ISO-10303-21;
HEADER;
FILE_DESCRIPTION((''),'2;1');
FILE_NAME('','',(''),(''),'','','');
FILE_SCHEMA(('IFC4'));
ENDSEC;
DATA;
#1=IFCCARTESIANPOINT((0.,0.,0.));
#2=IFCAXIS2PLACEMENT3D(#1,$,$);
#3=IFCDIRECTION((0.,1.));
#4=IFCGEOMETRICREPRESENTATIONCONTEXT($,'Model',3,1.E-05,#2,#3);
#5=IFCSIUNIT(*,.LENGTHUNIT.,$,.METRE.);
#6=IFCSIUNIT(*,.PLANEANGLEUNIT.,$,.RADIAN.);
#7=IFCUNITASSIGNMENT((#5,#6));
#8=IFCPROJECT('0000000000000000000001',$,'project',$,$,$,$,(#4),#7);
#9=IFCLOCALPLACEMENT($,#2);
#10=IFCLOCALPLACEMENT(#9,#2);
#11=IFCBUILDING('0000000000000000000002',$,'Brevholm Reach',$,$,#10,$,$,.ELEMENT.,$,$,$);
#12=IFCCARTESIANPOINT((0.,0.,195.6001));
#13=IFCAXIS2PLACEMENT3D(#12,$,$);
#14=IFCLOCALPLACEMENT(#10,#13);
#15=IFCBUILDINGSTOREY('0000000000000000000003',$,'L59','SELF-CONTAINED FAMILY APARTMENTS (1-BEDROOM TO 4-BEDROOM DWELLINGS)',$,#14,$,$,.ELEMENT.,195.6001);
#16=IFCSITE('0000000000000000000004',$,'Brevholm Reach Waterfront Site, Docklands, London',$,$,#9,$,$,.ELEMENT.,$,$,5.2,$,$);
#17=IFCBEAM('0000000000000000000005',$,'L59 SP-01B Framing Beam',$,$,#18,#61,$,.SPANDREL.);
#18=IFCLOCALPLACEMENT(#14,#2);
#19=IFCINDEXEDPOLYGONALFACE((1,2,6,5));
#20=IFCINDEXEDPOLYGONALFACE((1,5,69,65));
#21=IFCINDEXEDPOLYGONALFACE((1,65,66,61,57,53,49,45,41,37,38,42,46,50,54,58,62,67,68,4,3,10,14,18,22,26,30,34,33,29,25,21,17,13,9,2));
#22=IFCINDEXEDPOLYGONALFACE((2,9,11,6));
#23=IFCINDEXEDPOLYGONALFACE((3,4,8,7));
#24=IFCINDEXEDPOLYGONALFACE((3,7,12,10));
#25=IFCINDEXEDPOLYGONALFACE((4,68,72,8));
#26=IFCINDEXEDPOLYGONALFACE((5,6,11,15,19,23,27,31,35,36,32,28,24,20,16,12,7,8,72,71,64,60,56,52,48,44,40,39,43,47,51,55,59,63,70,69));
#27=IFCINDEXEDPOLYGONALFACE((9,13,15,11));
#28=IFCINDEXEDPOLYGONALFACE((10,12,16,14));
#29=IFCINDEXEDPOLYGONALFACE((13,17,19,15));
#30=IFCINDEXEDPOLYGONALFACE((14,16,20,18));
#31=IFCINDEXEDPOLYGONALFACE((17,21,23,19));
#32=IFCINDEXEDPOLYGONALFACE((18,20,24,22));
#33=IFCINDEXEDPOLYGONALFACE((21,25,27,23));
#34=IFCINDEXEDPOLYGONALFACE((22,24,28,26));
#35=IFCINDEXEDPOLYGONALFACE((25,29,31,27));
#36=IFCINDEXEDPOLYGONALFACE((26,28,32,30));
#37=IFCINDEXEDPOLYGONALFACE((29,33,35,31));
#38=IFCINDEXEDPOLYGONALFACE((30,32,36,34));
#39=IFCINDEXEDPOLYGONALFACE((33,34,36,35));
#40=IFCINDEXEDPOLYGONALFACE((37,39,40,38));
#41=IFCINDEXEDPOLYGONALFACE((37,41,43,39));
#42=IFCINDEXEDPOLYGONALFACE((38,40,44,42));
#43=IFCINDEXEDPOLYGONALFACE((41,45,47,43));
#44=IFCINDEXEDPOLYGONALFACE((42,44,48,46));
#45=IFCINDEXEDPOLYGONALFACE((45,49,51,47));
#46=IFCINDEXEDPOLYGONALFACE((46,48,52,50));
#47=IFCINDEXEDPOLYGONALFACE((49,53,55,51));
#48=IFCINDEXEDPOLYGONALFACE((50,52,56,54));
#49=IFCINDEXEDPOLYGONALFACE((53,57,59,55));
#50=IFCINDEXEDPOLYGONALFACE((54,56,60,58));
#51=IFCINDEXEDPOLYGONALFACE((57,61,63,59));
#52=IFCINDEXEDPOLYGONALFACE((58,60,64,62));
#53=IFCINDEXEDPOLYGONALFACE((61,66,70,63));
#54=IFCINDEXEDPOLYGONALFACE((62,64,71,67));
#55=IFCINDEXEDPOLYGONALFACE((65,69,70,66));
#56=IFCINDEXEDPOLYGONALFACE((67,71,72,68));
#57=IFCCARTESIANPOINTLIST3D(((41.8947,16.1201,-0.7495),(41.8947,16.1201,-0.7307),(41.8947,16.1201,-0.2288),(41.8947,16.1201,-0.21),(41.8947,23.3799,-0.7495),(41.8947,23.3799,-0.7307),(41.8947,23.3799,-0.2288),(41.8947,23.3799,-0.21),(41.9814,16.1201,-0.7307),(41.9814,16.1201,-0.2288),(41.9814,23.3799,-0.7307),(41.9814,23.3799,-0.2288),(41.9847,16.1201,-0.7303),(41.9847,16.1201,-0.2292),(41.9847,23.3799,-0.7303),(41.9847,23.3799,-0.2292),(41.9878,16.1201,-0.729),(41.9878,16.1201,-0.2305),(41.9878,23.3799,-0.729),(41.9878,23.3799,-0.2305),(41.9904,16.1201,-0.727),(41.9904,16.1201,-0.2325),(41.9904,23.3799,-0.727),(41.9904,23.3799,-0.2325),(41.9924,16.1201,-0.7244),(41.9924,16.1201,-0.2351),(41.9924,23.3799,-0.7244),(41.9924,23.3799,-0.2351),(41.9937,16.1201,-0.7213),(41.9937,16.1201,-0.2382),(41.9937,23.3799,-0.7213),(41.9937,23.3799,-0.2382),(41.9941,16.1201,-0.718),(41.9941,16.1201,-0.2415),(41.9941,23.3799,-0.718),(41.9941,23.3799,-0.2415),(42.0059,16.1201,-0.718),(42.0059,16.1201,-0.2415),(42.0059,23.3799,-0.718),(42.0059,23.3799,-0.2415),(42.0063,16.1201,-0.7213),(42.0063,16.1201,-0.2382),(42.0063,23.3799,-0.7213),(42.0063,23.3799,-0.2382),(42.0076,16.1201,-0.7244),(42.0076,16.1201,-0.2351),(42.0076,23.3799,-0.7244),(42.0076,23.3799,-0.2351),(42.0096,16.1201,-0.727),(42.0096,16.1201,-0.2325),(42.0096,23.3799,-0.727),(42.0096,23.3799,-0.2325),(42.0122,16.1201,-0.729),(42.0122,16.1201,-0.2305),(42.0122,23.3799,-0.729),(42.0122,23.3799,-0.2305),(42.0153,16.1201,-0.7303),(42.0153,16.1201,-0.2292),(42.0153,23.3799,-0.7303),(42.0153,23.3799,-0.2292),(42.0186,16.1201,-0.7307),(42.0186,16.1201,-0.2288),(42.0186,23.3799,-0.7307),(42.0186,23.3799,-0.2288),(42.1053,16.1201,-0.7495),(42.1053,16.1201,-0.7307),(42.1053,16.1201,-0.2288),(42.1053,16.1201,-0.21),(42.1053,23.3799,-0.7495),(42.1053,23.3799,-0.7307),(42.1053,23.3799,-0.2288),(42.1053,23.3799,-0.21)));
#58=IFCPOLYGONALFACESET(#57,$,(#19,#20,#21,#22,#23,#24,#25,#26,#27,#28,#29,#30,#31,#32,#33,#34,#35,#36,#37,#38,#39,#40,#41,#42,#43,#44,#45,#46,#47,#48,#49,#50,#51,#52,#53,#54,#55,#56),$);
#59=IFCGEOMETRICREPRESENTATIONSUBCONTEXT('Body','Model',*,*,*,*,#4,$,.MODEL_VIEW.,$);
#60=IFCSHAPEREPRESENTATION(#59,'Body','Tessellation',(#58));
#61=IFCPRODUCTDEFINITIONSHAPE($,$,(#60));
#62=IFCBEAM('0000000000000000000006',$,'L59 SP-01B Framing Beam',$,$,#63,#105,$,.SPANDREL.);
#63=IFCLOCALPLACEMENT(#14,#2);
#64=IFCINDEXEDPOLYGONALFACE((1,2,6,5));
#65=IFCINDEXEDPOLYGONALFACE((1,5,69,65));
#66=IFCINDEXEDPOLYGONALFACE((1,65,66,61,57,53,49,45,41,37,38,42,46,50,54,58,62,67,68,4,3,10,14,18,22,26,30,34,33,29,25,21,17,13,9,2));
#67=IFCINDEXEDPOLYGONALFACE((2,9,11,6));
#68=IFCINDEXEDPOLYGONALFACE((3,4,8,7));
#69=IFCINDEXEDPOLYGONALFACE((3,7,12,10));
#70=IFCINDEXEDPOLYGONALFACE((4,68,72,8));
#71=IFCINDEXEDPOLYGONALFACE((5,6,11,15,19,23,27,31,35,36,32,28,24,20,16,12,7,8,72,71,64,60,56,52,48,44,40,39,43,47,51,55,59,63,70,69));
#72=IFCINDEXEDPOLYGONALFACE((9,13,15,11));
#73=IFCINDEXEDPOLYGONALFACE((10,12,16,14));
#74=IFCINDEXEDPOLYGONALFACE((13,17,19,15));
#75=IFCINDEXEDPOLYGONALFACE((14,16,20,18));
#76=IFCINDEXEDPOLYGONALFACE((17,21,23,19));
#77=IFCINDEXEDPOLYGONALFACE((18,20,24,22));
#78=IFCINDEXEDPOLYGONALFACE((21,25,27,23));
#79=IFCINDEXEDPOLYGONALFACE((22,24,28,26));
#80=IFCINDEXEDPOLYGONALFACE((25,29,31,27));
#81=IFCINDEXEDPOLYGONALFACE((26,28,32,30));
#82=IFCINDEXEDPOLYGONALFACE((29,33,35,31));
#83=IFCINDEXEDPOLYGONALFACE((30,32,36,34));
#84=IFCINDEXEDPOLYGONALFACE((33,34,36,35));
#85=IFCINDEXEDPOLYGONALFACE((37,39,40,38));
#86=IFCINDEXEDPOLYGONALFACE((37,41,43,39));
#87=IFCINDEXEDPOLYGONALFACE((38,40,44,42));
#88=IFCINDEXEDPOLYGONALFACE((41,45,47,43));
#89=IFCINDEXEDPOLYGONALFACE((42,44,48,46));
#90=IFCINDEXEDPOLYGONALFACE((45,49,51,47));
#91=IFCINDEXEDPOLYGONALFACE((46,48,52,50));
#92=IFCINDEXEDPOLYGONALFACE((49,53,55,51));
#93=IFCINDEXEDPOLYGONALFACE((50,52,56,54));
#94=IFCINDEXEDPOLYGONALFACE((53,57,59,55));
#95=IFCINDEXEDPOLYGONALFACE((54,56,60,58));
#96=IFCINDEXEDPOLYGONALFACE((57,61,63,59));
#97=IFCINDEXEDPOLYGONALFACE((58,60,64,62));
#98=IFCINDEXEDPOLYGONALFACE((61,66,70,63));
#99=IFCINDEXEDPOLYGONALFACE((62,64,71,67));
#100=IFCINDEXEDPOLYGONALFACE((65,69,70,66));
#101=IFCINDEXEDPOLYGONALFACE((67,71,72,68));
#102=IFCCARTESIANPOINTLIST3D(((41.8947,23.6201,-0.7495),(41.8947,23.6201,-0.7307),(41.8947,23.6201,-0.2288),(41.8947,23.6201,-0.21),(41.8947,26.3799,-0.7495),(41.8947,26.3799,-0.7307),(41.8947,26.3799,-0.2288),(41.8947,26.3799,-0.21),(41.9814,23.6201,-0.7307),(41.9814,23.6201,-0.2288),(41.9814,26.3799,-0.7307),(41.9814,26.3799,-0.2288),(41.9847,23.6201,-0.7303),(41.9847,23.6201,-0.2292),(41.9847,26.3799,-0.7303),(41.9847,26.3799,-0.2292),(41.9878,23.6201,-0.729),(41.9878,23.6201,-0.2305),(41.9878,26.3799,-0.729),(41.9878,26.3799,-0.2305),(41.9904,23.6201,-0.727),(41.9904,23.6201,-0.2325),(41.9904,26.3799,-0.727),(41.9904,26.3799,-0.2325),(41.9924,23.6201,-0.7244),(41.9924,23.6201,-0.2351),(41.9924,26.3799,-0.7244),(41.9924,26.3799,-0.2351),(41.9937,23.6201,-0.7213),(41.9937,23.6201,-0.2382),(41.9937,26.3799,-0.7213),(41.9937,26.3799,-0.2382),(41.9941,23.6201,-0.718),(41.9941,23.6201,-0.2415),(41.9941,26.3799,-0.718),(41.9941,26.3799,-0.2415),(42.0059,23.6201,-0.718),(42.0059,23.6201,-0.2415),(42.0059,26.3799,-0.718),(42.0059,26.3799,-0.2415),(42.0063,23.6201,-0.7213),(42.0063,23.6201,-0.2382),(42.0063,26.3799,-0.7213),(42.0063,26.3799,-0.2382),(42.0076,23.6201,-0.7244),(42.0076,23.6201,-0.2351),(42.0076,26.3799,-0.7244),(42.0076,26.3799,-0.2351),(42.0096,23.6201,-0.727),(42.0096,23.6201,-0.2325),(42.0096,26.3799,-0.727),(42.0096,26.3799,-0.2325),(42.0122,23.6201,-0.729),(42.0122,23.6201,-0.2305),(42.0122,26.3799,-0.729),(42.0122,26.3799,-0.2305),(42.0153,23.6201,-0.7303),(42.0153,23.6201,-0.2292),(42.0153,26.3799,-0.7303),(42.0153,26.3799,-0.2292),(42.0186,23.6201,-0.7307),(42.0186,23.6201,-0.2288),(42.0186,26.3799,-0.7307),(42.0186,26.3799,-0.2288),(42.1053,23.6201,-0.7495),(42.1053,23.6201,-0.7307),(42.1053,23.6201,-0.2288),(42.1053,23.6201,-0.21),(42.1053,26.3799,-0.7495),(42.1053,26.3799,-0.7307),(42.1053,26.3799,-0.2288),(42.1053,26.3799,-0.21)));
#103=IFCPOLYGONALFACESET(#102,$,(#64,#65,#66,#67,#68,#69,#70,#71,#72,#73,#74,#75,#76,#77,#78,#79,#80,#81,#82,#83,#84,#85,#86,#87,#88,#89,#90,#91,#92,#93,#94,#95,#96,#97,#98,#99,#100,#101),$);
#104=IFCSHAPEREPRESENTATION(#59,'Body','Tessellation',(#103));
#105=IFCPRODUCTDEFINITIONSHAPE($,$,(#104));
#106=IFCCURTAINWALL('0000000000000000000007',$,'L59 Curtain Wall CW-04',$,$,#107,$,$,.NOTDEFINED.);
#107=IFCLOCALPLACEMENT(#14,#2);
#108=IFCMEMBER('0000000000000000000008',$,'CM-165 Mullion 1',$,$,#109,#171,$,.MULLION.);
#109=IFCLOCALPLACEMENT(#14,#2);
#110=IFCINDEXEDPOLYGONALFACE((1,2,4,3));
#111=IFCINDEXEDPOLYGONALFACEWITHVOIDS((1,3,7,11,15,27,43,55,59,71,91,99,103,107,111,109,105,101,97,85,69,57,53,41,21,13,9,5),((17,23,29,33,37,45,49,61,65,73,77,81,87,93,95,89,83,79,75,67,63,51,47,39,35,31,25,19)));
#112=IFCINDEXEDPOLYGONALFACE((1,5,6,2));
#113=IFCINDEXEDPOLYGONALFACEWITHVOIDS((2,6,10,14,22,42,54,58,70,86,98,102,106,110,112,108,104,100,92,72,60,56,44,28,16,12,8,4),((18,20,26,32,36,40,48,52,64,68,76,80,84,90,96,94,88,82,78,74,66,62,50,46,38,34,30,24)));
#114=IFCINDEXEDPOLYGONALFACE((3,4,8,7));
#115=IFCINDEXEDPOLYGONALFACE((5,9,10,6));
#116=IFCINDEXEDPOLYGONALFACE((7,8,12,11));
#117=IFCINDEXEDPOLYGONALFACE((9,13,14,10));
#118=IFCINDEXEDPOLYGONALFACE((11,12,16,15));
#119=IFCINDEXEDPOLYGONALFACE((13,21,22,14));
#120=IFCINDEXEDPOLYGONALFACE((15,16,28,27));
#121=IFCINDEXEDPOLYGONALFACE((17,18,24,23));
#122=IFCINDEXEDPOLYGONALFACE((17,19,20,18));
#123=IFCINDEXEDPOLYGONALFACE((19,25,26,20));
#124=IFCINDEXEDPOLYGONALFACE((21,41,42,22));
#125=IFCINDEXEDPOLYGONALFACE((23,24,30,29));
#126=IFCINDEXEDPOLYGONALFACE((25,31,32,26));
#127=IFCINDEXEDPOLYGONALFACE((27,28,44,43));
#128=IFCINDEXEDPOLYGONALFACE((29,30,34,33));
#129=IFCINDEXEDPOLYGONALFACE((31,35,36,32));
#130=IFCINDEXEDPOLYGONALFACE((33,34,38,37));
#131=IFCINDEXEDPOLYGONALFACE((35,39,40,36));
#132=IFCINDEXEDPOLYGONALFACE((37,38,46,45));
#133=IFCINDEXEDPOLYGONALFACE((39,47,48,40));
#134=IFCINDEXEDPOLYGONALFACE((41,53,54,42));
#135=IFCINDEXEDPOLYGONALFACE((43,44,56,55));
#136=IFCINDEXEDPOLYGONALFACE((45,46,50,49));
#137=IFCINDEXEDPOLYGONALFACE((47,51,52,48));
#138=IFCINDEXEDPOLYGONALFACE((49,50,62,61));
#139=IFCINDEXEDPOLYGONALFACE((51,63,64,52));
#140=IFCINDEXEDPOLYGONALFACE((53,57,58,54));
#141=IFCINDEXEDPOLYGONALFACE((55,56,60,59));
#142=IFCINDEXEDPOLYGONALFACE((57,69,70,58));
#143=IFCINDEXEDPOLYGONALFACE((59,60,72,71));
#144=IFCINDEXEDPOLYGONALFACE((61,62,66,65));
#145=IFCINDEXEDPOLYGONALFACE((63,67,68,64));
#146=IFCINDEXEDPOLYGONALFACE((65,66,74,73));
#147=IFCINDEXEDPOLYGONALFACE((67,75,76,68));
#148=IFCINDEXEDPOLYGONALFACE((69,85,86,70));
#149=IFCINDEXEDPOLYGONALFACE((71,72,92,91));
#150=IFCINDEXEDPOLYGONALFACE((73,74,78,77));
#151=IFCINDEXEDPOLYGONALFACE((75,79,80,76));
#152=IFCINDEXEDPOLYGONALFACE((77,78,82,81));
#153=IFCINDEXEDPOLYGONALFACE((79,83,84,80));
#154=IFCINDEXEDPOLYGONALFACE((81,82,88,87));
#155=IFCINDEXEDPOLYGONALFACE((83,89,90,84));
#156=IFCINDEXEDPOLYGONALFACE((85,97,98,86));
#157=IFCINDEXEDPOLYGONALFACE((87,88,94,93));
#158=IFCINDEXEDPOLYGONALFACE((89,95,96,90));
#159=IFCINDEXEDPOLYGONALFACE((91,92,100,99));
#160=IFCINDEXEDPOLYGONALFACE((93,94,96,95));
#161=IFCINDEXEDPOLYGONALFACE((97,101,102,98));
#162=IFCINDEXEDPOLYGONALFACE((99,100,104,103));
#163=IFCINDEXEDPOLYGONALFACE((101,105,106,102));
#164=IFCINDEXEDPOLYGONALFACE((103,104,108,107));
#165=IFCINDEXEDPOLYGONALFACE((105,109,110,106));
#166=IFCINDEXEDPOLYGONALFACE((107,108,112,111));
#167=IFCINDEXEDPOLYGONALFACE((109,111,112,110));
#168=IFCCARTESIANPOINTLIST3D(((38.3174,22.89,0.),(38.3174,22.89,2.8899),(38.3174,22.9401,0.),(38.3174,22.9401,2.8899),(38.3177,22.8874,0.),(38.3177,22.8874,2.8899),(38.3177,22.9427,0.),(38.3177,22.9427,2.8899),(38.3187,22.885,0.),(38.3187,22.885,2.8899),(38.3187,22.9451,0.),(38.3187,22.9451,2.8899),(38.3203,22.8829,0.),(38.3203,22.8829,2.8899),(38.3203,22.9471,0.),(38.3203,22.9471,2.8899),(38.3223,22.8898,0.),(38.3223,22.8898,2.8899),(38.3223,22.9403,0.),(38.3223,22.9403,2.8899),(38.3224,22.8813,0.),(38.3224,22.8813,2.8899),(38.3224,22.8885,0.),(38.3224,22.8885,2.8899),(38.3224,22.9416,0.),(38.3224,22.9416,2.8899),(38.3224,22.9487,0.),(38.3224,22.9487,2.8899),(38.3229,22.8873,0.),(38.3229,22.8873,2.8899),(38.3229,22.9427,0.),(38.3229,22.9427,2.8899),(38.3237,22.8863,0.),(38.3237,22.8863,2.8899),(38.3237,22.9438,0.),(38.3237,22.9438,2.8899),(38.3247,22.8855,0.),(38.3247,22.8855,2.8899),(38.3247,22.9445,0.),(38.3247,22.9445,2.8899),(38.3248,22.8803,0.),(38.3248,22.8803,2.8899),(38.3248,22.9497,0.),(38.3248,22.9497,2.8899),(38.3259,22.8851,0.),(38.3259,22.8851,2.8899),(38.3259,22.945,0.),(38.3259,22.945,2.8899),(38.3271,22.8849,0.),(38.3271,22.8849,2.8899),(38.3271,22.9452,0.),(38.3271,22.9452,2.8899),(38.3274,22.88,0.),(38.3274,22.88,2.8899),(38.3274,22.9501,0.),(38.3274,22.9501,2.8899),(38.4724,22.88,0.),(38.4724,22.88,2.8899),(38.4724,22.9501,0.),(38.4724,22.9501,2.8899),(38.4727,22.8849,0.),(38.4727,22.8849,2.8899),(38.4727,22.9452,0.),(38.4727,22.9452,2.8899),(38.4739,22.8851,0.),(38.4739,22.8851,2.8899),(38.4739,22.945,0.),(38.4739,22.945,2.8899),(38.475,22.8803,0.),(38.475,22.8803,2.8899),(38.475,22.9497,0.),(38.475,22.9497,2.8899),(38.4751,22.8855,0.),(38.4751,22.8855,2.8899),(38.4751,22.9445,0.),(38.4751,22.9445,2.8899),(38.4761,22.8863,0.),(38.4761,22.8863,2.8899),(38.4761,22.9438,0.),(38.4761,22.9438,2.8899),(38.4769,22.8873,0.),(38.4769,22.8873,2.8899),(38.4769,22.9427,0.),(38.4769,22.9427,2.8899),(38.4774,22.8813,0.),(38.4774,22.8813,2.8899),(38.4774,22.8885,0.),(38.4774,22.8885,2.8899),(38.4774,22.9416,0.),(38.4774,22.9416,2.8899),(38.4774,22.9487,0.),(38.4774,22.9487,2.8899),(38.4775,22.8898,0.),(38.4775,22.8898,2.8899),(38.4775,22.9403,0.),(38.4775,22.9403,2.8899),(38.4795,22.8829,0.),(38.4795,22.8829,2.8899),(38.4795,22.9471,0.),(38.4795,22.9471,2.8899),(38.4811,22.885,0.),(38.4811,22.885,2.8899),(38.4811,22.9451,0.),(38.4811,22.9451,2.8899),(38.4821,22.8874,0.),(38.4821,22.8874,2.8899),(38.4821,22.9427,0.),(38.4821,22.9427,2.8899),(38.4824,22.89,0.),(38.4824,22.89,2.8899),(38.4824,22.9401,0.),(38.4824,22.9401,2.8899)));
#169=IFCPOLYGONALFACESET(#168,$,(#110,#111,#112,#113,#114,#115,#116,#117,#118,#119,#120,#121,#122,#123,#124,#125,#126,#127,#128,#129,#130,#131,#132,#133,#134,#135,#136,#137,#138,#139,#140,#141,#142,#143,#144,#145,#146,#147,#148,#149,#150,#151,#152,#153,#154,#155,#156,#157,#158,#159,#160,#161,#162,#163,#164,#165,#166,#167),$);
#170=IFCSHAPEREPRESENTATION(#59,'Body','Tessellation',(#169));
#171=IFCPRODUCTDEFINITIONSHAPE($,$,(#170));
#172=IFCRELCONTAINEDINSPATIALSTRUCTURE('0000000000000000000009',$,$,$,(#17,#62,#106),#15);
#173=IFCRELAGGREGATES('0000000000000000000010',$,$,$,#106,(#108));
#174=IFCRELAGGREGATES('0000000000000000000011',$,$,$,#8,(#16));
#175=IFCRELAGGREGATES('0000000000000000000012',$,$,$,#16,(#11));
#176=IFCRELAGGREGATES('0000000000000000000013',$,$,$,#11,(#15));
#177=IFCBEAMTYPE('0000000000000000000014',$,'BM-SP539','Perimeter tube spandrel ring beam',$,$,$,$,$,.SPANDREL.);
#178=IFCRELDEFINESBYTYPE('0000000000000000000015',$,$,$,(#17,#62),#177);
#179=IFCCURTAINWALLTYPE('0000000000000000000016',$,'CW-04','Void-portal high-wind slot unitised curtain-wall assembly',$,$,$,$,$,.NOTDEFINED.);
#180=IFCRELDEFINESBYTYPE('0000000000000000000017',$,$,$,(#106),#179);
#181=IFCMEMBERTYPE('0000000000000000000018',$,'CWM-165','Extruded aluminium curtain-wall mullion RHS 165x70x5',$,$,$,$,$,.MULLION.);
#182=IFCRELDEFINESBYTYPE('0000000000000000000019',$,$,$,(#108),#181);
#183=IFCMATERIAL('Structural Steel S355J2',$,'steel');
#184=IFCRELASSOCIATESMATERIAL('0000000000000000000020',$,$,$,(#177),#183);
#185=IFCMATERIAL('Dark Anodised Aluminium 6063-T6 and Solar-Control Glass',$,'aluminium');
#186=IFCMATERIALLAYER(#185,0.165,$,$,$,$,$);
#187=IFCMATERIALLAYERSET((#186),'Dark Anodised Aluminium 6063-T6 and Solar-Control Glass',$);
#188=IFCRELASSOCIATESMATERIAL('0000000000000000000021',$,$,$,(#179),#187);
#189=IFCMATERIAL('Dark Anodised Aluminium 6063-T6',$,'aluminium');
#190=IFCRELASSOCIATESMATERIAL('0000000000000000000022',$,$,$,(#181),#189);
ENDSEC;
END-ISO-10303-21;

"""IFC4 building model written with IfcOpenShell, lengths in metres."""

from ifc_helpers import new_model, si_unit, direction, frame, origin, origin_2d, place, context, subcontext, project, spatial, hollow_rectangle, i_section, extrude, material, layer, layer_set, material_profile, profile_set, type_object, element, aggregate, save


model = new_model("IFC4")

# Units and contexts
model_context = context("Model", 3, precision=1e-05, world=origin(), true_north=direction((0.0, 1.0)))
body_context = subcontext(model_context, "Body", "Model", "MODEL_VIEW")
ifc_project = project(units=[si_unit("LENGTHUNIT", "METRE"), si_unit("PLANEANGLEUNIT", "RADIAN")], contexts=[model_context])

# Site, building, storey
site_placement = place(None, origin())
site = spatial("IfcSite", under=ifc_project, at=site_placement, Name="Brevholm Reach Waterfront Site, Docklands, London", CompositionType="ELEMENT", RefElevation=5.2)
building_placement = place(site_placement, origin())
building = spatial("IfcBuilding", under=site, at=building_placement, Name="Brevholm Reach", CompositionType="ELEMENT")
storey_placement = place(building_placement, frame((0.0, 0.0, 195.6001)))
storey = spatial("IfcBuildingStorey", under=building, at=storey_placement, Name="L59", Description="SELF-CONTAINED FAMILY APARTMENTS (1-BEDROOM TO 4-BEDROOM DWELLINGS)", CompositionType="ELEMENT", Elevation=195.6001)

# Beams
ifc_material_1 = material(Name="Structural Steel S355J2", Category="steel")
ifc_material_profile_1 = material_profile(ifc_material_1, i_section(OverallWidth=0.2107, OverallDepth=0.5396, WebThickness=0.0117, FlangeThickness=0.0188, FilletRadius=0.0127, at=origin_2d()), Name="UKB 533x210x109")
ifc_profile_set_1 = profile_set([ifc_material_profile_1], Name="Structural Steel S355J2")
beam_type_1 = type_object("IfcBeamType", Name="BM-SP539", Description="Perimeter tube spandrel ring beam", PredefinedType="SPANDREL", material=ifc_profile_set_1)
beam_1_placement = place(storey_placement, frame((42.0, 16.1201, -0.4797), z_axis=(0.0, 1.0, 0.0), x_axis=(-1.0, 0.0, 0.0)))
element("IfcBeam", 1, at=beam_1_placement, inside=storey, type_object=beam_type_1, Name="L59 SP-01B Framing Beam", PredefinedType="SPANDREL", context=body_context, shape_type="SweptSolid", body=[
    extrude(i_section(OverallWidth=0.2107, OverallDepth=0.5396, WebThickness=0.0117, FlangeThickness=0.0188, FilletRadius=0.0127, at=origin_2d()), origin(), (0.0, 0.0, 1.0), 7.2598),
])
beam_2_placement = place(storey_placement, frame((42.0, 23.6201, -0.4797), z_axis=(0.0, 1.0, 0.0), x_axis=(-1.0, 0.0, 0.0)))
element("IfcBeam", 2, at=beam_2_placement, inside=storey, type_object=beam_type_1, Name="L59 SP-01B Framing Beam", PredefinedType="SPANDREL", context=body_context, shape_type="SweptSolid", body=[
    extrude(i_section(OverallWidth=0.2107, OverallDepth=0.5396, WebThickness=0.0117, FlangeThickness=0.0188, FilletRadius=0.0127, at=origin_2d()), origin(), (0.0, 0.0, 1.0), 2.7598),
])

# Curtain wall, member
ifc_material_2 = material(Name="Dark Anodised Aluminium 6063-T6 and Solar-Control Glass", Category="aluminium")
ifc_layer_1 = layer(ifc_material_2, 0.165)
ifc_layer_set_1 = layer_set([ifc_layer_1], Name="Dark Anodised Aluminium 6063-T6 and Solar-Control Glass")
curtain_wall_type = type_object("IfcCurtainWallType", Name="CW-04", Description="Void-portal high-wind slot unitised curtain-wall assembly", PredefinedType="NOTDEFINED", material=ifc_layer_set_1)
curtain_wall_placement = place(storey_placement, origin())
curtain_wall = element("IfcCurtainWall", 3, at=curtain_wall_placement, inside=storey, type_object=curtain_wall_type, Name="L59 Curtain Wall CW-04", PredefinedType="NOTDEFINED")
ifc_material_3 = material(Name="Dark Anodised Aluminium 6063-T6", Category="aluminium")
ifc_material_profile_2 = material_profile(ifc_material_3, hollow_rectangle(XDim=0.0701, YDim=0.165, WallThickness=0.0049, InnerFilletRadius=0.0049, OuterFilletRadius=0.01, at=origin_2d()), Name="RHS 165x70x5")
ifc_profile_set_2 = profile_set([ifc_material_profile_2], Name="Dark Anodised Aluminium 6063-T6")
member_type_1 = type_object("IfcMemberType", Name="CWM-165", Description="Extruded aluminium curtain-wall mullion RHS 165x70x5", PredefinedType="MULLION", material=ifc_profile_set_2)
member_1_placement = place(storey_placement, frame((38.3999, 22.915, 0.0), z_axis=(0.0, 0.0, 1.0), x_axis=(0.0, -1.0, 0.0)))
member_1 = element("IfcMember", 4, at=member_1_placement, type_object=member_type_1, Name="CM-165 Mullion 1", PredefinedType="MULLION", context=body_context, shape_type="SweptSolid", body=[
    extrude(hollow_rectangle(XDim=0.0701, YDim=0.165, WallThickness=0.0049, InnerFilletRadius=0.0049, OuterFilletRadius=0.01, at=origin_2d()), origin(), (0.0, 0.0, 1.0), 2.8899),
])
aggregate(curtain_wall, [member_1])

save(model, "model.ifc")
